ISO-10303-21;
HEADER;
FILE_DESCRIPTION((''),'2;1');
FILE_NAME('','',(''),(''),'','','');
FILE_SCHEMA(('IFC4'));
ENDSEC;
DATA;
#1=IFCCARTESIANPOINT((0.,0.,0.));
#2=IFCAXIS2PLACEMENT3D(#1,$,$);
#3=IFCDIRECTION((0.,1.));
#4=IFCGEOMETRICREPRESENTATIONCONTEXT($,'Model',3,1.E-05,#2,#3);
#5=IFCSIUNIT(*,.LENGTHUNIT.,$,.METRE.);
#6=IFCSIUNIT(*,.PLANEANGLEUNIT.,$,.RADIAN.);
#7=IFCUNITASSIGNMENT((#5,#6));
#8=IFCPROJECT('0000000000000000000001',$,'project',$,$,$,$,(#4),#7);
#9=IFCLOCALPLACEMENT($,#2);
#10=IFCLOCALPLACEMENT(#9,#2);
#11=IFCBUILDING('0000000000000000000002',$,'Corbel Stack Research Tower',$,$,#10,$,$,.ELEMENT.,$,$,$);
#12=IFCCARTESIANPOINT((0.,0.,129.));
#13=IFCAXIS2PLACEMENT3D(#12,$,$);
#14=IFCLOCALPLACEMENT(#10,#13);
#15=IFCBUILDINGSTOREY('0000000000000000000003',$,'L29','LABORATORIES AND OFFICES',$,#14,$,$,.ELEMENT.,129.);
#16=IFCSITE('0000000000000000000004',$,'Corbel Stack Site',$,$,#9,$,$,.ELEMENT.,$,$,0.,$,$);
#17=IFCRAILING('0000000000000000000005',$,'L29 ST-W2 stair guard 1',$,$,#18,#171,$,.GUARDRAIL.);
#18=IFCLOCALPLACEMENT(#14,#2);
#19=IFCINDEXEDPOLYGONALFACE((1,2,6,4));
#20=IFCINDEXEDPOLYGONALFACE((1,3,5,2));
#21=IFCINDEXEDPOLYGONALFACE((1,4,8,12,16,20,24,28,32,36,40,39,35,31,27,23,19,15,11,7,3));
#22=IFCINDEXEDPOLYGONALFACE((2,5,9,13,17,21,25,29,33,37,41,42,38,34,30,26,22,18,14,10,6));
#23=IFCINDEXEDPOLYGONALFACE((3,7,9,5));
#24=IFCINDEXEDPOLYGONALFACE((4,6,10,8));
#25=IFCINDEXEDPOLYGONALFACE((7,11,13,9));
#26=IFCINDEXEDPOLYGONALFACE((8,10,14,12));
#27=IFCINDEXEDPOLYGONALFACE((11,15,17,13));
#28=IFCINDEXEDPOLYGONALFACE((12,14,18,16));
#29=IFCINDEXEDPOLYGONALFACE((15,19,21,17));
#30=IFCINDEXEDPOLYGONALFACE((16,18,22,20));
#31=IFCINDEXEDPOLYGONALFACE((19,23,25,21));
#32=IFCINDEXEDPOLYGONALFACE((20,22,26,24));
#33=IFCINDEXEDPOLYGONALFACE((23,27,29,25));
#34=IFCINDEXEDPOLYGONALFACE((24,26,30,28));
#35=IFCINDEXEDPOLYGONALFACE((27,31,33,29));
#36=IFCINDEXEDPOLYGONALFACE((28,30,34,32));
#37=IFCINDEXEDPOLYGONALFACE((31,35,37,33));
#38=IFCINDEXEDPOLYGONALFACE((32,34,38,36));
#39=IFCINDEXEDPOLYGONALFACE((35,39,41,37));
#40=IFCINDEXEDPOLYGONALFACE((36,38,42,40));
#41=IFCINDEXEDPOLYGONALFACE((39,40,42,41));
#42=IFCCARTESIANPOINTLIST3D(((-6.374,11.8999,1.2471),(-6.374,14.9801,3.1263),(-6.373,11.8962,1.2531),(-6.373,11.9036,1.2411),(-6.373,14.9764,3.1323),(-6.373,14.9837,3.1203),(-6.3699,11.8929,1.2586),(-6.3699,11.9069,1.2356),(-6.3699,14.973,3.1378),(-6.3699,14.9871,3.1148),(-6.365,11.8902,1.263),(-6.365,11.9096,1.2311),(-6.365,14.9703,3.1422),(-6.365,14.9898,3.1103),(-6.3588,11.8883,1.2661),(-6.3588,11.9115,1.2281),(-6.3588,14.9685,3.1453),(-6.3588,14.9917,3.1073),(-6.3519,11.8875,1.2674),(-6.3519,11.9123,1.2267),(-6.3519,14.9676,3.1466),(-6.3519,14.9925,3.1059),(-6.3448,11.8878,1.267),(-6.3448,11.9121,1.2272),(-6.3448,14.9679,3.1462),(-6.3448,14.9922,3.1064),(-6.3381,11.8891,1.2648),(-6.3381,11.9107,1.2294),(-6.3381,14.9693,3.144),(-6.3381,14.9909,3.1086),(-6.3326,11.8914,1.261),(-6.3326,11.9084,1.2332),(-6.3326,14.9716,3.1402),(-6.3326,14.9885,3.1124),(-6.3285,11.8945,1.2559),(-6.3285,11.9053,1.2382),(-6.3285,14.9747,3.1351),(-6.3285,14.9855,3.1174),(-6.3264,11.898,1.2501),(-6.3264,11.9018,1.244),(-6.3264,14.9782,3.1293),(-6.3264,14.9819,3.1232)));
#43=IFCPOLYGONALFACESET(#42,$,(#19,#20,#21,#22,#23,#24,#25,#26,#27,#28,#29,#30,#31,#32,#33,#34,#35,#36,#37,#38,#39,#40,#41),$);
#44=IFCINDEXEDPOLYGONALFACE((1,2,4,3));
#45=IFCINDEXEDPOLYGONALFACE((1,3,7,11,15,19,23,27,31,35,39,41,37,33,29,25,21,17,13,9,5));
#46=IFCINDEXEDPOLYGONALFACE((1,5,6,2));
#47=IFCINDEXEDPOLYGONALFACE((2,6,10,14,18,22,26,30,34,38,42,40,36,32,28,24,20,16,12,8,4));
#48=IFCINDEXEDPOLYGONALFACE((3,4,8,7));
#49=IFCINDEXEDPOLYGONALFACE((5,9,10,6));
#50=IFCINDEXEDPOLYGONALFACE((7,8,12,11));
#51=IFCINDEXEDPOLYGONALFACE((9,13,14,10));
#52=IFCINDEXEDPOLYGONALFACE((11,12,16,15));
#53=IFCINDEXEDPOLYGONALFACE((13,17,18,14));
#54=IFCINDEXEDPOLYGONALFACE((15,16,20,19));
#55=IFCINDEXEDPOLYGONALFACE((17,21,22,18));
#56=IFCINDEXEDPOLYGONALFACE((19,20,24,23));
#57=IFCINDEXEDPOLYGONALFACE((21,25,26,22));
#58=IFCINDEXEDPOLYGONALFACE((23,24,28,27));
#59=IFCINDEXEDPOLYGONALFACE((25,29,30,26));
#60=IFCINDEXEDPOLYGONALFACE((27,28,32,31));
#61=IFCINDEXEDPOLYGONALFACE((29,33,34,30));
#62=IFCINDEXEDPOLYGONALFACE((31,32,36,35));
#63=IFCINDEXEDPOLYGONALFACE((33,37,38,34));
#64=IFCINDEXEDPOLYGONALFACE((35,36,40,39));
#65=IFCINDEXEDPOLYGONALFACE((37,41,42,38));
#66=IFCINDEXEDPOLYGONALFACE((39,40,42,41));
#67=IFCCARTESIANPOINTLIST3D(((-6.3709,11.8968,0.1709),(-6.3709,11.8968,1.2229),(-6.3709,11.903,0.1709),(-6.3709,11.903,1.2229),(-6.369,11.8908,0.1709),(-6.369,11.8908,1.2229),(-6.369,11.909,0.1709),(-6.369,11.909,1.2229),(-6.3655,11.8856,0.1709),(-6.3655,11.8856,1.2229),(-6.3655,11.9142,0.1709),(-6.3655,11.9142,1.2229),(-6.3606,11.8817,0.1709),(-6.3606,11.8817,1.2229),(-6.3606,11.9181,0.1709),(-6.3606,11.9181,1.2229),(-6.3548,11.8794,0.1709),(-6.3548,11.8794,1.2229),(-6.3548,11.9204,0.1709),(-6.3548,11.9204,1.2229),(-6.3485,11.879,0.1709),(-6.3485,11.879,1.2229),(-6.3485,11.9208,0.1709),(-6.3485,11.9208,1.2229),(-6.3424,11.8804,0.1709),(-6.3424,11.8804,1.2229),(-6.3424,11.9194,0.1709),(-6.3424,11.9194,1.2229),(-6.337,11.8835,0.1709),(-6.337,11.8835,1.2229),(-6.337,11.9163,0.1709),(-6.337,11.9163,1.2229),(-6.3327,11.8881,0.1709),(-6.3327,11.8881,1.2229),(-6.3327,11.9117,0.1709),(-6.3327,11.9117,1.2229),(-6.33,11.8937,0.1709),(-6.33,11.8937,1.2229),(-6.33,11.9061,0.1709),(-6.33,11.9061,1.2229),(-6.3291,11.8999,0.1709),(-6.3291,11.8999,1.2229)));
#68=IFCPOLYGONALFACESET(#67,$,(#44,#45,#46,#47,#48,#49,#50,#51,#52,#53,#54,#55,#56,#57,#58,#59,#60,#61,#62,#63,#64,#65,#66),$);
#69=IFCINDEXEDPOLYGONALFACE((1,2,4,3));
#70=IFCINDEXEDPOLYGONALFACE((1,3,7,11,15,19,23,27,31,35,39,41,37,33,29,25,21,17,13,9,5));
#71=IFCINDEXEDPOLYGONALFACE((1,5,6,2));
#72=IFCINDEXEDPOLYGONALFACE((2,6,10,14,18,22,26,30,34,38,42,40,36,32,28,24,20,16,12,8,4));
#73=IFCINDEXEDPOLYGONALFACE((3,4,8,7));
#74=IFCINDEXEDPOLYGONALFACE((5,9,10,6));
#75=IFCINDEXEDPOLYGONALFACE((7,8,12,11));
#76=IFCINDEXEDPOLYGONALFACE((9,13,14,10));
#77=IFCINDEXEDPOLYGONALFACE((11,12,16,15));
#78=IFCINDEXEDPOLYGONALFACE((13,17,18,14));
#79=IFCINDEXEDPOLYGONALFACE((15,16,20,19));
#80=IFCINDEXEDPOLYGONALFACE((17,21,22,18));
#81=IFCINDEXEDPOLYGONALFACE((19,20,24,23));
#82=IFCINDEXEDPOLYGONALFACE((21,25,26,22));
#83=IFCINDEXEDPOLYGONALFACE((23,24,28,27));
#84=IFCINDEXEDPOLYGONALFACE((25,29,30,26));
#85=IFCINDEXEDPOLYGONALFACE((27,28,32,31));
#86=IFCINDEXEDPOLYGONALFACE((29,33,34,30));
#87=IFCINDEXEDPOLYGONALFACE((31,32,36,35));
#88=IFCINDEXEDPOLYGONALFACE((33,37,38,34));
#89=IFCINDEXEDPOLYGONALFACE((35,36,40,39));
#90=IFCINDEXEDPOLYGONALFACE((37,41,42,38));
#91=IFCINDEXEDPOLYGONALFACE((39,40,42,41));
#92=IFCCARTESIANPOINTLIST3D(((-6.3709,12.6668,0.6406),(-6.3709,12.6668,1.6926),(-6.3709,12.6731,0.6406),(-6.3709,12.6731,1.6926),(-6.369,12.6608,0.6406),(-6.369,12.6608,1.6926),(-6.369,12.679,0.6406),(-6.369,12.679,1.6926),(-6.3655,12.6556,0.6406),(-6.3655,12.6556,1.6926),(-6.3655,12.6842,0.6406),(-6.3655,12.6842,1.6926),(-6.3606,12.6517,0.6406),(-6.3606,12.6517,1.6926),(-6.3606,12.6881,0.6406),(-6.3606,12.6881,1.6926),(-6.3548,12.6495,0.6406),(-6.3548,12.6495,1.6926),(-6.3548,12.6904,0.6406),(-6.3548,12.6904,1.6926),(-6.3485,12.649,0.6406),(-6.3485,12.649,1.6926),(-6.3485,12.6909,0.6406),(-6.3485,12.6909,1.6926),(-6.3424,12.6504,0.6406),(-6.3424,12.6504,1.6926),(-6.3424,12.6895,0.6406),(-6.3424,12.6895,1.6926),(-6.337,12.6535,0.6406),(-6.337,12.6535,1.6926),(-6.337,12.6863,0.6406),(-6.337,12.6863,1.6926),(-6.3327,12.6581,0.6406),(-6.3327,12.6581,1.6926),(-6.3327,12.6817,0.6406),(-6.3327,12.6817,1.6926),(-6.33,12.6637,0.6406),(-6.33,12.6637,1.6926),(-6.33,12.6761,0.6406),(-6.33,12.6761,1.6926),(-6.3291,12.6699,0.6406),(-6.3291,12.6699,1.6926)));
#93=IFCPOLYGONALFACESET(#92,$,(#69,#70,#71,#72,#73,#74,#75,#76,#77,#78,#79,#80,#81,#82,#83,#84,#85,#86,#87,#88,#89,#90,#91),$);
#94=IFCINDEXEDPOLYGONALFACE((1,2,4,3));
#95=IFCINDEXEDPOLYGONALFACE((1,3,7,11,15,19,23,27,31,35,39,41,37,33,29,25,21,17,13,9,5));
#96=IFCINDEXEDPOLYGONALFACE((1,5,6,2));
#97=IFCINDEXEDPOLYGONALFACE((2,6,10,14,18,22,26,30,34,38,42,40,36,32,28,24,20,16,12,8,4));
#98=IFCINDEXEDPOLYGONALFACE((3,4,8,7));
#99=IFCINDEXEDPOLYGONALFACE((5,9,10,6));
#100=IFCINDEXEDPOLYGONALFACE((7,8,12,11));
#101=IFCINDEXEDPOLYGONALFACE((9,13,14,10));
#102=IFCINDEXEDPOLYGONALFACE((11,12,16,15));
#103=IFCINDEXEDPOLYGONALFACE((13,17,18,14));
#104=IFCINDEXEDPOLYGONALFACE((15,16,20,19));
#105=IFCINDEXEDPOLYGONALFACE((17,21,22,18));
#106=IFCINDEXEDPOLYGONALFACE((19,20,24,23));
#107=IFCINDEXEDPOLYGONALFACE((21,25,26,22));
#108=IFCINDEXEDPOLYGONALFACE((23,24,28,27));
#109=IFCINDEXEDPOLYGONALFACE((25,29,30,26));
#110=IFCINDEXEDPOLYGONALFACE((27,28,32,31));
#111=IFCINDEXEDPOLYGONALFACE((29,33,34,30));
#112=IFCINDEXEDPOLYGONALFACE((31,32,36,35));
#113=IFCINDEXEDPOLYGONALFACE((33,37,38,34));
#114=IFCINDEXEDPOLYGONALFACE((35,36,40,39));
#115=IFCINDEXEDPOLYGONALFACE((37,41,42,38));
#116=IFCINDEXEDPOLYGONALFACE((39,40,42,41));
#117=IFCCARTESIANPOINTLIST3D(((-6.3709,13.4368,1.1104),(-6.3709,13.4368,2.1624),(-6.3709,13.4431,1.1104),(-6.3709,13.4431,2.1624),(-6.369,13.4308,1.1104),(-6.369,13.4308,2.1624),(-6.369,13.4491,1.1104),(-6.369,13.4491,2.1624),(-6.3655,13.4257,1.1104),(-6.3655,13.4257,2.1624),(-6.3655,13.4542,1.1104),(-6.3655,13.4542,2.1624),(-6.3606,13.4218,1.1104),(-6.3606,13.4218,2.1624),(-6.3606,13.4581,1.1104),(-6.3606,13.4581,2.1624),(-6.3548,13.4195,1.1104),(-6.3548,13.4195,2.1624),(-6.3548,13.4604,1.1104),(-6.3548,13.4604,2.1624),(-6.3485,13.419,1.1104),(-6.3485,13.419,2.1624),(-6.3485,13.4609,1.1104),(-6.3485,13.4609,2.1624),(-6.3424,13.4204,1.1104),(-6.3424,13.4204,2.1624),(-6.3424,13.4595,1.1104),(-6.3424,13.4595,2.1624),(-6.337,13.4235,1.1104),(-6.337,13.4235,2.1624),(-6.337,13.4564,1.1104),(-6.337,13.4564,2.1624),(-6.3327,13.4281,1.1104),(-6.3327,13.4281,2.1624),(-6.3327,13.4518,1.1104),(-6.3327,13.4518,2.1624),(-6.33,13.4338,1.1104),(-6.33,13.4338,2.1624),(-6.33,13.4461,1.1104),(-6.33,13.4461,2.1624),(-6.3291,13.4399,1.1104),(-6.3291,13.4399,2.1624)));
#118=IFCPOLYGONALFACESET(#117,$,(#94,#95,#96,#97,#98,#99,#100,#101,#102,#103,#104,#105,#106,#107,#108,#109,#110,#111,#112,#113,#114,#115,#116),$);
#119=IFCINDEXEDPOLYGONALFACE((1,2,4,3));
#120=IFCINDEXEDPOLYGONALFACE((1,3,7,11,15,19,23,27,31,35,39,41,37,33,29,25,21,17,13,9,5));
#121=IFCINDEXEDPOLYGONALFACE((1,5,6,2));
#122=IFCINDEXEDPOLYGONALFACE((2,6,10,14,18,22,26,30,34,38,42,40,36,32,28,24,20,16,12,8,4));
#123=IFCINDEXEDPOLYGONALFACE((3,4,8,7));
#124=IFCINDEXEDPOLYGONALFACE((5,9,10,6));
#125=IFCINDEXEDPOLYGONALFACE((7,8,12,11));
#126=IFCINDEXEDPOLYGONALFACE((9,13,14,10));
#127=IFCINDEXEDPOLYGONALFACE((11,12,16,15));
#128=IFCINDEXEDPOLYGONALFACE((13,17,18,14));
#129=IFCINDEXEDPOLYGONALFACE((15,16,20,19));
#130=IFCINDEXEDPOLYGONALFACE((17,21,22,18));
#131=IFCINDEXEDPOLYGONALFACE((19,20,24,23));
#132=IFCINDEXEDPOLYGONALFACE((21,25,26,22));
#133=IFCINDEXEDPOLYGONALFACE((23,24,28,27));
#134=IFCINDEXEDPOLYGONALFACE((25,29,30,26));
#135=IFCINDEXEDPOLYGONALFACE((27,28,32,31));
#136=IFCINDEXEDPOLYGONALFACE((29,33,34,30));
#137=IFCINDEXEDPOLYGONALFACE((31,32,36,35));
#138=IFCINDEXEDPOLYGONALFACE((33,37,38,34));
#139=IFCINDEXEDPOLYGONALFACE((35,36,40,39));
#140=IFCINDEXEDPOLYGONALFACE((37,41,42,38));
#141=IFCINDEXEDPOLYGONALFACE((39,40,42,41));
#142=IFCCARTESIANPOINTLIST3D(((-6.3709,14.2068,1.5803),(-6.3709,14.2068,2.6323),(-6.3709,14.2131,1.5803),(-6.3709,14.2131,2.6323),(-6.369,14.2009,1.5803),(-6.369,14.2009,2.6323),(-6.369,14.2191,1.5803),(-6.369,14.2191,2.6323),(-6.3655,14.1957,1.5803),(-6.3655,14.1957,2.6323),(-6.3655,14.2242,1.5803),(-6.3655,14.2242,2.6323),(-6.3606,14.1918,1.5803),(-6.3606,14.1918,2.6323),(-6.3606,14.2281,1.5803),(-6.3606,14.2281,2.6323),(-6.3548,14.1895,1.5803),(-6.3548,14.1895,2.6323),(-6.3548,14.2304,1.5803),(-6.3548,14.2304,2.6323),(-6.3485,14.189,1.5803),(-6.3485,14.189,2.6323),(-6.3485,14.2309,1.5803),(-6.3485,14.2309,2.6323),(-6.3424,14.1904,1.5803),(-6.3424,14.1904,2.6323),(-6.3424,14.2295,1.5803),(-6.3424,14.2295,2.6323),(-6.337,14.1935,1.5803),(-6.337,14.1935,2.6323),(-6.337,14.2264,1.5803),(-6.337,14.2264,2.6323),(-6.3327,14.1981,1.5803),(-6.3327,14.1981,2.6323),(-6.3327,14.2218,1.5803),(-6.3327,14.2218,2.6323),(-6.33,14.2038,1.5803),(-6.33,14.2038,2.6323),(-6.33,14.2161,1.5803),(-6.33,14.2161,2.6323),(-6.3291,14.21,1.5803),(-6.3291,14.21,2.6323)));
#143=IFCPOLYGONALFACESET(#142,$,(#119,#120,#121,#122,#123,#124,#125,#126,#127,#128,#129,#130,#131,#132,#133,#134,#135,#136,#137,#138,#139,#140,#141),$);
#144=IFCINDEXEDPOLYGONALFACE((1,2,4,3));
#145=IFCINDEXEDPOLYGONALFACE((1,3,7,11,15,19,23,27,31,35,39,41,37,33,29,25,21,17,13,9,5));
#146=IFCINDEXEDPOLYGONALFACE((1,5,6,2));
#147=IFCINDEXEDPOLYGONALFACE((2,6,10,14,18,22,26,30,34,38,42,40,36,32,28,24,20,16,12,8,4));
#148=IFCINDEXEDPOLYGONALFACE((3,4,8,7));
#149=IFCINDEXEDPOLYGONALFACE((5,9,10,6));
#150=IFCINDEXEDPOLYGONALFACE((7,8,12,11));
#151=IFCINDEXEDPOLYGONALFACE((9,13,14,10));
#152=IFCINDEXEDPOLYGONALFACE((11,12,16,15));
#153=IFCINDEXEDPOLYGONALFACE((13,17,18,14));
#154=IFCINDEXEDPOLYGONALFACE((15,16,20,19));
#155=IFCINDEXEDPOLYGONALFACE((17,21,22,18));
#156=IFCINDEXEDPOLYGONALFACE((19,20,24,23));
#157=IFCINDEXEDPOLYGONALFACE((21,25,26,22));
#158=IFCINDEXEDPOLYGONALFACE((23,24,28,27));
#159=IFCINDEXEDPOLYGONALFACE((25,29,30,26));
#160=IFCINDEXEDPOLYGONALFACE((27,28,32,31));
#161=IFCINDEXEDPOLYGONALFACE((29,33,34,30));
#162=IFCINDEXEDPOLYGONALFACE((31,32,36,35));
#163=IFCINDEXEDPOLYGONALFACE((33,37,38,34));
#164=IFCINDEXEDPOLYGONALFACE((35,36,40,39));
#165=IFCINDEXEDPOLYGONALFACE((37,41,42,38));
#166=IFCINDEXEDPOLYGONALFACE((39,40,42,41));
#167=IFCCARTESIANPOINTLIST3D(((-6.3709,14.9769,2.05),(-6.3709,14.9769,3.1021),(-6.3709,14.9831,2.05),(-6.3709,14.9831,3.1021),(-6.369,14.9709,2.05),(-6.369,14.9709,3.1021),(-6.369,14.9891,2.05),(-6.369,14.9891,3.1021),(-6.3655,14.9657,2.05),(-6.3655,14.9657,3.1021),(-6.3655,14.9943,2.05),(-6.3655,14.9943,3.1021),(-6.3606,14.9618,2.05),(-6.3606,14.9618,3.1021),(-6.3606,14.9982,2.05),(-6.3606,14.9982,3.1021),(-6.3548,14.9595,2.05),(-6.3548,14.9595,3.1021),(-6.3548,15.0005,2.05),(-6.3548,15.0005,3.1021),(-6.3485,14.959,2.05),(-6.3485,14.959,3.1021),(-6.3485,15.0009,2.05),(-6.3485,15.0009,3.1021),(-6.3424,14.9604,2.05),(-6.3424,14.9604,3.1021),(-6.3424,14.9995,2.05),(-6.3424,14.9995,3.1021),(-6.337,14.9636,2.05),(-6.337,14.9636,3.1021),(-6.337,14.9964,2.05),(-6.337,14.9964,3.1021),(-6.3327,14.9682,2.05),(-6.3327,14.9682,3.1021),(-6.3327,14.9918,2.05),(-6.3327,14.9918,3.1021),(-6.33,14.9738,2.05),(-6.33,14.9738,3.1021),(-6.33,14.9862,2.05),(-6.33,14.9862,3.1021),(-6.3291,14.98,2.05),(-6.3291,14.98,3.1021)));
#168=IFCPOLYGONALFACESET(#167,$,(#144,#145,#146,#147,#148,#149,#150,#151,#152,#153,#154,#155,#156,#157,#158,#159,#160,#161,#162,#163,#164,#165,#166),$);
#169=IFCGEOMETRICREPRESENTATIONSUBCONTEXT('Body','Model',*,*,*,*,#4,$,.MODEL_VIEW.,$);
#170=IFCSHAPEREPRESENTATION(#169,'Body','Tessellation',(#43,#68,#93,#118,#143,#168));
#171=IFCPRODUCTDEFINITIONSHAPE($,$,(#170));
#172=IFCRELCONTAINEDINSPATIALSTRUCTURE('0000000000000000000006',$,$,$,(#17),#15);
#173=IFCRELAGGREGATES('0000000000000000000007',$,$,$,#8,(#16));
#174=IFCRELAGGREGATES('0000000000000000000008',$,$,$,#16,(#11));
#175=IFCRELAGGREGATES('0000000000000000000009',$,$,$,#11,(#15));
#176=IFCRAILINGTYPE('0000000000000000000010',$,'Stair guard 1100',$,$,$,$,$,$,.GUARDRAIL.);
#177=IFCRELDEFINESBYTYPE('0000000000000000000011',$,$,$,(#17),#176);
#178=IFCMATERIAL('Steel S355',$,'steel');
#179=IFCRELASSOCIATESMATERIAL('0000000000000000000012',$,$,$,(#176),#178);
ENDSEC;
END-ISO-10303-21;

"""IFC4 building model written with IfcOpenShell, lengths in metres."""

from ifc_helpers import new_model, si_unit, direction, frame, origin, origin_2d, place, context, subcontext, project, spatial, circle, extrude, material, type_object, element, save


model = new_model("IFC4")

# Units and contexts
model_context = context("Model", 3, precision=1e-05, world=origin(), true_north=direction((0.0, 1.0)))
body_context = subcontext(model_context, "Body", "Model", "MODEL_VIEW")
ifc_project = project(units=[si_unit("LENGTHUNIT", "METRE"), si_unit("PLANEANGLEUNIT", "RADIAN")], contexts=[model_context])

# Site, building, storey
site_placement = place(None, origin())
site = spatial("IfcSite", under=ifc_project, at=site_placement, Name="Corbel Stack Site", CompositionType="ELEMENT", RefElevation=0.0)
building_placement = place(site_placement, origin())
building = spatial("IfcBuilding", under=site, at=building_placement, Name="Corbel Stack Research Tower", CompositionType="ELEMENT")
storey_placement = place(building_placement, frame((0.0, 0.0, 129.0)))
storey = spatial("IfcBuildingStorey", under=building, at=storey_placement, Name="L29", Description="LABORATORIES AND OFFICES", CompositionType="ELEMENT", Elevation=129.0)

# Railing
ifc_material_1 = material(Name="Steel S355", Category="steel")
railing_type = type_object("IfcRailingType", Name="Stair guard 1100", PredefinedType="GUARDRAIL", material=ifc_material_1)
railing_1_placement = place(storey_placement, frame((-6.3501, 11.8999, 0.1709)))
element("IfcRailing", 1, at=railing_1_placement, inside=storey, type_object=railing_type, Name="L29 ST-W2 stair guard 1", PredefinedType="GUARDRAIL", context=body_context, shape_type="SweptSolid", body=[
    extrude(circle(Radius=0.0239, at=origin_2d()), frame((0.0, 0.0, 1.0762), z_axis=(0.0, 0.853666, 0.52082), x_axis=(-1.0, 0.0, 0.0)), (0.0, 0.0, 1.0), 3.6082),
    extrude(circle(Radius=0.021, at=origin_2d()), origin(), (0.0, 0.0, 1.0), 1.052),
    extrude(circle(Radius=0.021, at=origin_2d()), frame((0.0, 0.77, 0.4697)), (0.0, 0.0, 1.0), 1.052),
    extrude(circle(Radius=0.021, at=origin_2d()), frame((0.0, 1.54, 0.9395)), (0.0, 0.0, 1.0), 1.052),
    extrude(circle(Radius=0.021, at=origin_2d()), frame((0.0, 2.3101, 1.4094)), (0.0, 0.0, 1.0), 1.052),
    extrude(circle(Radius=0.021, at=origin_2d()), frame((0.0, 3.0801, 1.8792)), (0.0, 0.0, 1.0), 1.052),
])

save(model, "model.ifc")
